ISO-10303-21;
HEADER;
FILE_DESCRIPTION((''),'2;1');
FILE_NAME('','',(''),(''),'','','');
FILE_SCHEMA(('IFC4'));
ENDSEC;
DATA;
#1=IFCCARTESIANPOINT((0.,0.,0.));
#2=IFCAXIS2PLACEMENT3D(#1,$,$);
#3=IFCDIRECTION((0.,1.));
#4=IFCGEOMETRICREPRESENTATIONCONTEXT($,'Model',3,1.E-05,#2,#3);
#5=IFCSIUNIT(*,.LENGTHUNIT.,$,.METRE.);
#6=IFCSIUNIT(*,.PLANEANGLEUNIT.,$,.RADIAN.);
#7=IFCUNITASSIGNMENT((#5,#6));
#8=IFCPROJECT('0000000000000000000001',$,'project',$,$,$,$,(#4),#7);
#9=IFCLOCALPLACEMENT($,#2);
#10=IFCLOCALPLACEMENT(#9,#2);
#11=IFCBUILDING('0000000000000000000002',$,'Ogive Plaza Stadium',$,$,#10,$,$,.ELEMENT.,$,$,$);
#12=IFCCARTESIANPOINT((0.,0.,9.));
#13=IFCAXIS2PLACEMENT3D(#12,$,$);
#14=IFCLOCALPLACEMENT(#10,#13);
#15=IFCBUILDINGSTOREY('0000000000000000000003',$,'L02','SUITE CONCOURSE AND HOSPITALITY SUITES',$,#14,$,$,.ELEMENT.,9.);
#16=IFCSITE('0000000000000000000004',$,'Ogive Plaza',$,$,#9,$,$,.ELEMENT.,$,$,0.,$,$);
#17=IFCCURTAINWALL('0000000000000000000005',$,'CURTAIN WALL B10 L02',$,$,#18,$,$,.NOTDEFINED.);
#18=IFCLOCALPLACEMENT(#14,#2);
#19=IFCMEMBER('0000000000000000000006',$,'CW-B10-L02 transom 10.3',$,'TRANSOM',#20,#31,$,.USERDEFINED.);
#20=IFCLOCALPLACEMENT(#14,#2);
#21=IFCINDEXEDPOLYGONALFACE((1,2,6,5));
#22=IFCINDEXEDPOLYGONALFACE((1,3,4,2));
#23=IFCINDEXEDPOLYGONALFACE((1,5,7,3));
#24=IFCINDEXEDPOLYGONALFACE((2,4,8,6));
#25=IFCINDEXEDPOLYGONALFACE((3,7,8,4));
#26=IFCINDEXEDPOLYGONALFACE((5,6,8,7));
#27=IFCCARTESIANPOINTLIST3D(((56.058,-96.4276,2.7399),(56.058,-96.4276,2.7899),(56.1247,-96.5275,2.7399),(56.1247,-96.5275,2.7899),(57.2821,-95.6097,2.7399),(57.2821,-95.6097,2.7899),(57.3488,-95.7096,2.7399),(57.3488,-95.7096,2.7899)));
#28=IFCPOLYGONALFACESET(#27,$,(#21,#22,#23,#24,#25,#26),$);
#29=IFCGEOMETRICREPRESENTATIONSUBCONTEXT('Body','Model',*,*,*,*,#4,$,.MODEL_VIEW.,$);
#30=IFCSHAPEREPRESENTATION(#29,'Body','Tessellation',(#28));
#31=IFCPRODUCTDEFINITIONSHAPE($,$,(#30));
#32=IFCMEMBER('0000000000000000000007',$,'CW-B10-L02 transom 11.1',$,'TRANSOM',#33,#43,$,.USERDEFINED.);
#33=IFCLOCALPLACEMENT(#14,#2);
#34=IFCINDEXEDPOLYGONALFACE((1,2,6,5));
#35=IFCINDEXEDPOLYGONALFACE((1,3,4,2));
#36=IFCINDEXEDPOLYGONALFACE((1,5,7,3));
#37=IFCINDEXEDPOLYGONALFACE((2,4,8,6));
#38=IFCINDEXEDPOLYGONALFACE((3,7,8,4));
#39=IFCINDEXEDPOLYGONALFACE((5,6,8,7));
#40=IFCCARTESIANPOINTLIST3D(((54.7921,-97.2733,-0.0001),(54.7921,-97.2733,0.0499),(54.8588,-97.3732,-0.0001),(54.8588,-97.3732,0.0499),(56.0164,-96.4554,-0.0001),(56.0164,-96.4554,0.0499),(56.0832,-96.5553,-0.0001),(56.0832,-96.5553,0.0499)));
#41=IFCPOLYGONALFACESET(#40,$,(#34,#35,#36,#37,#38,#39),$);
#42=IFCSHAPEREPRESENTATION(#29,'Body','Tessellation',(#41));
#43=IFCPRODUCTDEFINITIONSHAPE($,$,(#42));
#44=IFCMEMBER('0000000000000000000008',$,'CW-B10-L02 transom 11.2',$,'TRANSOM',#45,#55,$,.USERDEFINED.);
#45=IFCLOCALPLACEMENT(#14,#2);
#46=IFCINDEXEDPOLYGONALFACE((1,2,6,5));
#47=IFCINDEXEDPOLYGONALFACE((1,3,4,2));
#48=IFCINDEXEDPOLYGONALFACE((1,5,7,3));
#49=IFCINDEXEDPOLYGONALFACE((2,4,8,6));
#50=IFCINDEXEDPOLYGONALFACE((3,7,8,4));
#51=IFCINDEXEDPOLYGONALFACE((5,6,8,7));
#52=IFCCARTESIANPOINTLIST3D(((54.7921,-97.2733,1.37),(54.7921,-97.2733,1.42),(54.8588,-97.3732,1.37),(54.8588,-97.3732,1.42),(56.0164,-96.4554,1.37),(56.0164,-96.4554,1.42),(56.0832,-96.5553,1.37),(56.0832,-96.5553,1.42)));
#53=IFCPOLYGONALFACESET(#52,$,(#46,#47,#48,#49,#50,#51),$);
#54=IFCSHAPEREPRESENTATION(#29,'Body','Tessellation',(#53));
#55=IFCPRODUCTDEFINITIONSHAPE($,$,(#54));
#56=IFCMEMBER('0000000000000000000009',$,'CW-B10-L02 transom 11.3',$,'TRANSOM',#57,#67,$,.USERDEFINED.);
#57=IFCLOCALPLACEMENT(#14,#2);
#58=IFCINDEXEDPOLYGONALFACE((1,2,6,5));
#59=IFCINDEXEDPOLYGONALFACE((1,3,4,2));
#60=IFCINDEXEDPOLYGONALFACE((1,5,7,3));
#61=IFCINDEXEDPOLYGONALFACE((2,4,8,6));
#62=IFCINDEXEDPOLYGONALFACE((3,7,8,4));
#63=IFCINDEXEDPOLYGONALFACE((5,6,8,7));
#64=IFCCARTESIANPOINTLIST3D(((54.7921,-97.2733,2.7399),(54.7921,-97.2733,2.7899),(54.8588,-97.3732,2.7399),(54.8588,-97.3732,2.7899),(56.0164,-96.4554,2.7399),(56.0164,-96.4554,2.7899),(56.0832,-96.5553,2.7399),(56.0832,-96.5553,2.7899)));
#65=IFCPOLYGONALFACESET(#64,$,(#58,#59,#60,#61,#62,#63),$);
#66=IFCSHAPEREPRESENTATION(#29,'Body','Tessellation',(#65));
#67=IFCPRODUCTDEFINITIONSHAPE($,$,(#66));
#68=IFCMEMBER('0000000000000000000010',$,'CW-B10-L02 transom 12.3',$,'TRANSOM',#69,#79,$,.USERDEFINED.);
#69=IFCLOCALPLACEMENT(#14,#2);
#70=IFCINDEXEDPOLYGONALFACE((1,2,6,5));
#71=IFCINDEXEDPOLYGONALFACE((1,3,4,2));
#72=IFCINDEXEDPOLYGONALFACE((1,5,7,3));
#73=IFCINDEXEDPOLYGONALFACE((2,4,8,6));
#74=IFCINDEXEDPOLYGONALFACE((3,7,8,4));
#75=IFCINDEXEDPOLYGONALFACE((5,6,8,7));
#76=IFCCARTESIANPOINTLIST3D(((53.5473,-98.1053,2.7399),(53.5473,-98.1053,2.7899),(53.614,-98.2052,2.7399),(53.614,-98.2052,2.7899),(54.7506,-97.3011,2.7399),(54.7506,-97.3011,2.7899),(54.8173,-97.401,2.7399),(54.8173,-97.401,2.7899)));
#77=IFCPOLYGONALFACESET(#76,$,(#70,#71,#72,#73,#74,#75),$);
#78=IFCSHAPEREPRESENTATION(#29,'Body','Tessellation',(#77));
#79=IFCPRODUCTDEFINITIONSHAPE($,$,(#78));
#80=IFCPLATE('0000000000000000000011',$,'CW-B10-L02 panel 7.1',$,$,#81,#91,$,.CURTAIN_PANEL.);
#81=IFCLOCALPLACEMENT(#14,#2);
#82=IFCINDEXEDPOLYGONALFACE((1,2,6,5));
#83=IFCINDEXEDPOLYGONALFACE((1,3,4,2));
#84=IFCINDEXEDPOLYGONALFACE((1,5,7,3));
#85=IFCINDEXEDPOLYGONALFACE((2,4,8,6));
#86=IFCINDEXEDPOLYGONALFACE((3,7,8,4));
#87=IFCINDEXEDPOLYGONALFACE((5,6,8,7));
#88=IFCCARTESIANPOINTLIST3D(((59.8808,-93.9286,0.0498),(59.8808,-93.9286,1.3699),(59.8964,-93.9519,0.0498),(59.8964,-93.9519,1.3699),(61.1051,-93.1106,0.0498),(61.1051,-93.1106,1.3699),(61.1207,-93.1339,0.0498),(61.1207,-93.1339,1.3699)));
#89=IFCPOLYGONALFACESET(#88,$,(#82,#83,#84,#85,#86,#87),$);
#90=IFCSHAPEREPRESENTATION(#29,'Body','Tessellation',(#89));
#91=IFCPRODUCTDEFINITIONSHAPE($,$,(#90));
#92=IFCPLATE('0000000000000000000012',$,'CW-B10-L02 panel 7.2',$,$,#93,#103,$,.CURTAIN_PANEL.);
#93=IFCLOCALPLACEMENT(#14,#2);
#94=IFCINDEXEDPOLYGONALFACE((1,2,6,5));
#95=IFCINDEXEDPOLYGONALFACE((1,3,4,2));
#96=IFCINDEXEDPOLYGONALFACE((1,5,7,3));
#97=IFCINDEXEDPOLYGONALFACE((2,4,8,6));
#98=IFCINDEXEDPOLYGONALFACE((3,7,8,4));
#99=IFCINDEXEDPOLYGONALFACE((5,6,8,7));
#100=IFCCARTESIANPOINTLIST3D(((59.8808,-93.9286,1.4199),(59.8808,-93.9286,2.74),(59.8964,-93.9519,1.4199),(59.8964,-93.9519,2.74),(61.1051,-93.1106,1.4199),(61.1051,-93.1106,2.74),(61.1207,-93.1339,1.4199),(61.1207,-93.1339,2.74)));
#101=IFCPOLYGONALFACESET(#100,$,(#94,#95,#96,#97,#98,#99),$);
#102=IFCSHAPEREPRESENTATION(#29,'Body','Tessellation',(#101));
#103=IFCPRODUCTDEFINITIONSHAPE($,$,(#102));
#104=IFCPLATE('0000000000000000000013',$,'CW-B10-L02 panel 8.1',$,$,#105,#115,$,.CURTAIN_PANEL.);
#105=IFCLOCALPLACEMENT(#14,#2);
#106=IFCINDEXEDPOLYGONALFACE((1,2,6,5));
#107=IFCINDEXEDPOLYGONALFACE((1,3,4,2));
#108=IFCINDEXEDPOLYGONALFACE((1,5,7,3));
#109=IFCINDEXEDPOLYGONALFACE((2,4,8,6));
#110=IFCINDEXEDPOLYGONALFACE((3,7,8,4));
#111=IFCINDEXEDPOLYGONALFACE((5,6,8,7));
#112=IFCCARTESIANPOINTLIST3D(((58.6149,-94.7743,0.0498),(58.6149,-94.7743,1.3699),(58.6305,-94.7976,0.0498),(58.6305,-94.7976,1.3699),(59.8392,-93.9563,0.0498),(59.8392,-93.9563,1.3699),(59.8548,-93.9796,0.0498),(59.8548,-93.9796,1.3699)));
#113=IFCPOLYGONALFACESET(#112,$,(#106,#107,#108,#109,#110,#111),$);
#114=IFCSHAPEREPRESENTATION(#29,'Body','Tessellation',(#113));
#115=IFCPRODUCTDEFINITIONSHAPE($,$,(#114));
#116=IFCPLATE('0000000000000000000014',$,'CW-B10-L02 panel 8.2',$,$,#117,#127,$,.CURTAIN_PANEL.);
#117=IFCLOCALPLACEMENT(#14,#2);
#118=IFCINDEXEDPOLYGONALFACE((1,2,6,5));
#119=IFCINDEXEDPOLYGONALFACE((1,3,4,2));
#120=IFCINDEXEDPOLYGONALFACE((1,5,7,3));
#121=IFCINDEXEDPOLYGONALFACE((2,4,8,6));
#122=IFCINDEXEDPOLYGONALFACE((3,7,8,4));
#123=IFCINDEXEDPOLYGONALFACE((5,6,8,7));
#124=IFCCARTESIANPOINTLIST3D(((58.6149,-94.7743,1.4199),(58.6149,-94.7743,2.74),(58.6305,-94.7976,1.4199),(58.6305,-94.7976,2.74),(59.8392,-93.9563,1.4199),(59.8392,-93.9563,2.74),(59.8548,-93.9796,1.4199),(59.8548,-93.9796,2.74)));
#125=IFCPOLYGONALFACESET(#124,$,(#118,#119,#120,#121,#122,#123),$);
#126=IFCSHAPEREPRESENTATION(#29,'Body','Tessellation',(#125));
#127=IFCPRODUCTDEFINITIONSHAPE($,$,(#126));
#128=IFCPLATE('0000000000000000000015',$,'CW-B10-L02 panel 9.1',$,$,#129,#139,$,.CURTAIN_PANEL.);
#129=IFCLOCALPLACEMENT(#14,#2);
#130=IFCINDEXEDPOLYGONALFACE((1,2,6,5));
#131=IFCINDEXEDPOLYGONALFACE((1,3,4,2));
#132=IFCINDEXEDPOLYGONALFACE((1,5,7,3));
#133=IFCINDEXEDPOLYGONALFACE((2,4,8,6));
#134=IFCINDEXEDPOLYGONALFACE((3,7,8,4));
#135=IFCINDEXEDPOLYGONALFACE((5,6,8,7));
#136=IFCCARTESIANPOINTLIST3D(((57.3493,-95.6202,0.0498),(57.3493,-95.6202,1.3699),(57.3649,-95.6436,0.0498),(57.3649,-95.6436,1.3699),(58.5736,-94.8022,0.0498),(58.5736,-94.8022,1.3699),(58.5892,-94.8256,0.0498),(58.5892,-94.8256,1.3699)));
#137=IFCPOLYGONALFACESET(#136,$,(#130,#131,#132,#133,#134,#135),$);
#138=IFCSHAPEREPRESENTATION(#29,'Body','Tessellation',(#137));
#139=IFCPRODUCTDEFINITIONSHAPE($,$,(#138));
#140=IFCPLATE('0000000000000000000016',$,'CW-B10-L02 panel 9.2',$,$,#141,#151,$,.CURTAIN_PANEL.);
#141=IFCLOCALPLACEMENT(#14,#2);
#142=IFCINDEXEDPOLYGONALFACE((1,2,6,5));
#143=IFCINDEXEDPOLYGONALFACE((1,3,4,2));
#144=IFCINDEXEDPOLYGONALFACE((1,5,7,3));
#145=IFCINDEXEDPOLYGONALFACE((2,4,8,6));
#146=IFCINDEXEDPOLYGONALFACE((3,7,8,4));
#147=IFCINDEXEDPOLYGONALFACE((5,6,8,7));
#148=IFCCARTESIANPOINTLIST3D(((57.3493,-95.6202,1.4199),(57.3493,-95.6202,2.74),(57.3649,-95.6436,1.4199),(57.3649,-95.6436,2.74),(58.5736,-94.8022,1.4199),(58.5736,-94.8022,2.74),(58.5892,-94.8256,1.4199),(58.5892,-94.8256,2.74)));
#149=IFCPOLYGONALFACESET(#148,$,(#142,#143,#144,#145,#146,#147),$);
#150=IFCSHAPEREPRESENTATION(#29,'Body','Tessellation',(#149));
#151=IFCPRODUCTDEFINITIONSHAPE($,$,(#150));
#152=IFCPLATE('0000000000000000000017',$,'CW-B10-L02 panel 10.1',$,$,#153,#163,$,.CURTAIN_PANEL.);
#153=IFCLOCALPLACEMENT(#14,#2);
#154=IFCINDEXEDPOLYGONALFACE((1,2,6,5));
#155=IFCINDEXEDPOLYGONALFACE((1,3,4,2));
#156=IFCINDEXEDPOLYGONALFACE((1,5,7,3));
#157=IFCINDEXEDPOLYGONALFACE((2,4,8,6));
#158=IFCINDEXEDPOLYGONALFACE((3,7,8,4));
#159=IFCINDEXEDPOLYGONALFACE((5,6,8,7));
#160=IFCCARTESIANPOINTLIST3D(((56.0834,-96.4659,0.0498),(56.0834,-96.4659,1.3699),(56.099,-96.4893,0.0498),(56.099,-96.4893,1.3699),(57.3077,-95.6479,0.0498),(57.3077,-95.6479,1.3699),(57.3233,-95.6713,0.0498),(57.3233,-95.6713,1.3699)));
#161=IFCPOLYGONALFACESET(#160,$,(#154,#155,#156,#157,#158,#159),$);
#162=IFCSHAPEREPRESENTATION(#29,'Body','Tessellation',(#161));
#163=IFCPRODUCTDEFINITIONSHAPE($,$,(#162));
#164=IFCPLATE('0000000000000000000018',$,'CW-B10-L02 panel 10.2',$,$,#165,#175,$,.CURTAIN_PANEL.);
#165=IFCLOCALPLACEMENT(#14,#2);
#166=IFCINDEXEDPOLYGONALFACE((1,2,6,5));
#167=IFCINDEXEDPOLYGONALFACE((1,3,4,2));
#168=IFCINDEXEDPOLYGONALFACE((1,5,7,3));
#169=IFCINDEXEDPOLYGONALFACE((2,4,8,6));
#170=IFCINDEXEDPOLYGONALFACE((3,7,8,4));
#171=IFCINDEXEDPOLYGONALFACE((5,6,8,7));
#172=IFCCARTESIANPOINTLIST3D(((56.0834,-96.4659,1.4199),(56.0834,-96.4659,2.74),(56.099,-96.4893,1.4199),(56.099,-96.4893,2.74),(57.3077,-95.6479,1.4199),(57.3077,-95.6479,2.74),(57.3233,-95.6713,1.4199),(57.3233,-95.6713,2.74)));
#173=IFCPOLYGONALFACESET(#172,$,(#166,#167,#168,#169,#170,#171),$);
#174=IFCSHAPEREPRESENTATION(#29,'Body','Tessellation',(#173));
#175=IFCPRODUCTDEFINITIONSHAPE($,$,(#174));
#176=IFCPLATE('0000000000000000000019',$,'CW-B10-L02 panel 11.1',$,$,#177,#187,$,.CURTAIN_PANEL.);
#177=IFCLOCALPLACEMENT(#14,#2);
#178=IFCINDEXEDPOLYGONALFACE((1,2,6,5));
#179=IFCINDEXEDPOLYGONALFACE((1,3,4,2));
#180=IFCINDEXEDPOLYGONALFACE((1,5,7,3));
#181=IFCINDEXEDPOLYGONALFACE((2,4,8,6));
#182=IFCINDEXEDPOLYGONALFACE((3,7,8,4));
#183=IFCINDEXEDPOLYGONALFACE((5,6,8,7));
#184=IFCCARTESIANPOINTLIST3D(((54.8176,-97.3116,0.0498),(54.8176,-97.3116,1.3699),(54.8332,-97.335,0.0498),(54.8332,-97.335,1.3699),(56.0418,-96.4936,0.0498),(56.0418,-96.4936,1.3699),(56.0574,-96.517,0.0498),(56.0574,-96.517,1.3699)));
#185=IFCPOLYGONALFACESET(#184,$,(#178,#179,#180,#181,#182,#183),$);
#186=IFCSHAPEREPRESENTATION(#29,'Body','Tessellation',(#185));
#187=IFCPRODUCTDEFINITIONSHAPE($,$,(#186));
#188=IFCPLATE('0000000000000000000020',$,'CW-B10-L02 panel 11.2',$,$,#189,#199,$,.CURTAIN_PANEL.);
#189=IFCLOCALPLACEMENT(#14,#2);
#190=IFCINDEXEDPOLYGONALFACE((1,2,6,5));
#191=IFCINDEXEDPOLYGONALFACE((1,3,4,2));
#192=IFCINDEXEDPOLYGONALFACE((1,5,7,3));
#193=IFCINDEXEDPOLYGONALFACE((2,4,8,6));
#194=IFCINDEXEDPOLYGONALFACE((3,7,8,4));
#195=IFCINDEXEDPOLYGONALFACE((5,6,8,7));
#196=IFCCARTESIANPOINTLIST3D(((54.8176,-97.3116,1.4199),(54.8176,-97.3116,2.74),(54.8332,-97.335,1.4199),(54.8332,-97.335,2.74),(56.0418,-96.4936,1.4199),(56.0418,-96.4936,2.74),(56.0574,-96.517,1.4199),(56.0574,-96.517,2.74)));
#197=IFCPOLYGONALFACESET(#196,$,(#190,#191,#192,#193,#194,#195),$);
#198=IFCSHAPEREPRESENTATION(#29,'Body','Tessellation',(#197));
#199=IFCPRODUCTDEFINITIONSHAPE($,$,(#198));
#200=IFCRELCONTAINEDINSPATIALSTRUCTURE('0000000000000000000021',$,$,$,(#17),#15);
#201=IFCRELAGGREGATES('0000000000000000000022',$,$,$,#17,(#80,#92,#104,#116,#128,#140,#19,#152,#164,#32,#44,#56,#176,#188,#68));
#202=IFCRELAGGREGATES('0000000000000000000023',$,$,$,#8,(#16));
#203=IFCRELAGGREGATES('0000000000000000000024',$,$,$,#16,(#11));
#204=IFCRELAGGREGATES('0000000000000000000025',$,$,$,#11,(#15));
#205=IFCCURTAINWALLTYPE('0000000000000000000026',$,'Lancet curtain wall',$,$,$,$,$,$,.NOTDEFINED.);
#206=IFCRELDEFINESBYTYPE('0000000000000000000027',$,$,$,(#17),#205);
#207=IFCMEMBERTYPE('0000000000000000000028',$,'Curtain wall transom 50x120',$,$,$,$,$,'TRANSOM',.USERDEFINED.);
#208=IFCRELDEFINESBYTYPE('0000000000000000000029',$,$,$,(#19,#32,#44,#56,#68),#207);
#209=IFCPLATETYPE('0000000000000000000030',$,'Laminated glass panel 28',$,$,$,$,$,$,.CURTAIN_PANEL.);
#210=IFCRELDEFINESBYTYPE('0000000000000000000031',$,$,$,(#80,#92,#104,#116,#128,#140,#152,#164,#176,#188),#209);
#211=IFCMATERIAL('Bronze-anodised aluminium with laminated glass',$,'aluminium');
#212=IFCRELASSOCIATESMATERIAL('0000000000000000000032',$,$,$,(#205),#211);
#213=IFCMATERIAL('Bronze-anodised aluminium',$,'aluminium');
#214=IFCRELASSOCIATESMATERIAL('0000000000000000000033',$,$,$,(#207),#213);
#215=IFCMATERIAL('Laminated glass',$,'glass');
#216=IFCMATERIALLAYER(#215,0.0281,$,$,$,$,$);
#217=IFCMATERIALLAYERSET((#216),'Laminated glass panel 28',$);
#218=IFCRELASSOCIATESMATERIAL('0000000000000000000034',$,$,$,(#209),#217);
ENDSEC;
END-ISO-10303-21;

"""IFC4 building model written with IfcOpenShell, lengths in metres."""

from ifc_helpers import new_model, si_unit, direction, frame, origin, origin_2d, place, context, subcontext, project, spatial, rectangle, extrude, material, layer, layer_set, material_profile, profile_set, type_object, element, aggregate, save


model = new_model("IFC4")

# Units and contexts
model_context = context("Model", 3, precision=1e-05, world=origin(), true_north=direction((0.0, 1.0)))
body_context = subcontext(model_context, "Body", "Model", "MODEL_VIEW")
ifc_project = project(units=[si_unit("LENGTHUNIT", "METRE"), si_unit("PLANEANGLEUNIT", "RADIAN")], contexts=[model_context])

# Site, building, storey
site_placement = place(None, origin())
site = spatial("IfcSite", under=ifc_project, at=site_placement, Name="Ogive Plaza", CompositionType="ELEMENT", RefElevation=0.0)
building_placement = place(site_placement, origin())
building = spatial("IfcBuilding", under=site, at=building_placement, Name="Ogive Plaza Stadium", CompositionType="ELEMENT")
storey_placement = place(building_placement, frame((0.0, 0.0, 9.0)))
storey = spatial("IfcBuildingStorey", under=building, at=storey_placement, Name="L02", Description="SUITE CONCOURSE AND HOSPITALITY SUITES", CompositionType="ELEMENT", Elevation=9.0)

# Curtain wall, members, plates
ifc_material_1 = material(Name="Bronze-anodised aluminium with laminated glass", Category="aluminium")
curtain_wall_type = type_object("IfcCurtainWallType", Name="Lancet curtain wall", PredefinedType="NOTDEFINED", material=ifc_material_1)
curtain_wall_placement = place(storey_placement, origin())
curtain_wall = element("IfcCurtainWall", 1, at=curtain_wall_placement, inside=storey, type_object=curtain_wall_type, Name="CURTAIN WALL B10 L02", PredefinedType="NOTDEFINED")
ifc_material_2 = material(Name="Bronze-anodised aluminium", Category="aluminium")
ifc_material_profile_1 = material_profile(ifc_material_2, rectangle(XDim=0.1201, YDim=0.05, at=origin_2d()), Name="AL 120x50")
ifc_profile_set_1 = profile_set([ifc_material_profile_1], Name="Bronze-anodised aluminium")
member_type_1 = type_object("IfcMemberType", Name="Curtain wall transom 50x120", ElementType="TRANSOM", PredefinedType="USERDEFINED", material=ifc_profile_set_1)
member_1_placement = place(storey_placement, frame((57.3154, -95.6597, 2.7649), z_axis=(-0.831489, -0.555542, 0.0), x_axis=(0.555542, -0.831489, 0.0)))
member_1 = element("IfcMember", 2, at=member_1_placement, type_object=member_type_1, Name="CW-B10-L02 transom 10.3", ObjectType="TRANSOM", PredefinedType="USERDEFINED", context=body_context, shape_type="SweptSolid", body=[
    extrude(rectangle(XDim=0.1201, YDim=0.05, at=origin_2d()), origin(), (0.0, 0.0, 1.0), 1.4722),
])
member_2_placement = place(storey_placement, frame((56.0498, -96.5054, 0.0249), z_axis=(-0.83154, -0.555465, 0.0), x_axis=(0.555465, -0.83154, 0.0)))
member_2 = element("IfcMember", 3, at=member_2_placement, type_object=member_type_1, Name="CW-B10-L02 transom 11.1", ObjectType="TRANSOM", PredefinedType="USERDEFINED", context=body_context, shape_type="SweptSolid", body=[
    extrude(rectangle(XDim=0.1201, YDim=0.05, at=origin_2d()), origin(), (0.0, 0.0, 1.0), 1.4724),
])
member_3_placement = place(storey_placement, frame((56.0498, -96.5054, 1.395), z_axis=(-0.83154, -0.555465, 0.0), x_axis=(0.555465, -0.83154, 0.0)))
member_3 = element("IfcMember", 4, at=member_3_placement, type_object=member_type_1, Name="CW-B10-L02 transom 11.2", ObjectType="TRANSOM", PredefinedType="USERDEFINED", context=body_context, shape_type="SweptSolid", body=[
    extrude(rectangle(XDim=0.1201, YDim=0.05, at=origin_2d()), origin(), (0.0, 0.0, 1.0), 1.4724),
])
member_4_placement = place(storey_placement, frame((56.0498, -96.5054, 2.7649), z_axis=(-0.83154, -0.555465, 0.0), x_axis=(0.555465, -0.83154, 0.0)))
member_4 = element("IfcMember", 5, at=member_4_placement, type_object=member_type_1, Name="CW-B10-L02 transom 11.3", ObjectType="TRANSOM", PredefinedType="USERDEFINED", context=body_context, shape_type="SweptSolid", body=[
    extrude(rectangle(XDim=0.1201, YDim=0.05, at=origin_2d()), origin(), (0.0, 0.0, 1.0), 1.4724),
])
member_5_placement = place(storey_placement, frame((54.7839, -97.3511, 2.7649), z_axis=(-0.831427, -0.555634, 0.0), x_axis=(0.555634, -0.831427, 0.0)))
member_5 = element("IfcMember", 6, at=member_5_placement, type_object=member_type_1, Name="CW-B10-L02 transom 12.3", ObjectType="TRANSOM", PredefinedType="USERDEFINED", context=body_context, shape_type="SweptSolid", body=[
    extrude(rectangle(XDim=0.1201, YDim=0.05, at=origin_2d()), origin(), (0.0, 0.0, 1.0), 1.4473),
])
ifc_material_3 = material(Name="Laminated glass", Category="glass")
ifc_layer_1 = layer(ifc_material_3, 0.0281)
ifc_layer_set_1 = layer_set([ifc_layer_1], Name="Laminated glass panel 28")
plate_type = type_object("IfcPlateType", Name="Laminated glass panel 28", PredefinedType="CURTAIN_PANEL", material=ifc_layer_set_1)
plate_1_placement = place(storey_placement, frame((60.5007, -93.5312, 0.0498), z_axis=(0.0, 0.0, 1.0), x_axis=(-0.83147, -0.55557, 0.0)))
plate_1 = element("IfcPlate", 7, at=plate_1_placement, type_object=plate_type, Name="CW-B10-L02 panel 7.1", PredefinedType="CURTAIN_PANEL", context=body_context, shape_type="SweptSolid", body=[
    extrude(rectangle(XDim=1.4724, YDim=0.0281, at=origin_2d()), origin(), (0.0, 0.0, 1.0), 1.3201),
])
plate_2_placement = place(storey_placement, frame((60.5007, -93.5312, 1.4199), z_axis=(0.0, 0.0, 1.0), x_axis=(-0.83147, -0.55557, 0.0)))
plate_2 = element("IfcPlate", 8, at=plate_2_placement, type_object=plate_type, Name="CW-B10-L02 panel 7.2", PredefinedType="CURTAIN_PANEL", context=body_context, shape_type="SweptSolid", body=[
    extrude(rectangle(XDim=1.4724, YDim=0.0281, at=origin_2d()), origin(), (0.0, 0.0, 1.0), 1.3201),
])
plate_3_placement = place(storey_placement, frame((59.2349, -94.377, 0.0498), z_axis=(0.0, 0.0, 1.0), x_axis=(-0.83147, -0.55557, 0.0)))
plate_3 = element("IfcPlate", 9, at=plate_3_placement, type_object=plate_type, Name="CW-B10-L02 panel 8.1", PredefinedType="CURTAIN_PANEL", context=body_context, shape_type="SweptSolid", body=[
    extrude(rectangle(XDim=1.4724, YDim=0.0281, at=origin_2d()), origin(), (0.0, 0.0, 1.0), 1.3201),
])
plate_4_placement = place(storey_placement, frame((59.2349, -94.377, 1.4199), z_axis=(0.0, 0.0, 1.0), x_axis=(-0.83147, -0.55557, 0.0)))
plate_4 = element("IfcPlate", 10, at=plate_4_placement, type_object=plate_type, Name="CW-B10-L02 panel 8.2", PredefinedType="CURTAIN_PANEL", context=body_context, shape_type="SweptSolid", body=[
    extrude(rectangle(XDim=1.4724, YDim=0.0281, at=origin_2d()), origin(), (0.0, 0.0, 1.0), 1.3201),
])
plate_5_placement = place(storey_placement, frame((57.9692, -95.2229, 0.0498), z_axis=(0.0, 0.0, 1.0), x_axis=(-0.83147, -0.55557, 0.0)))
plate_5 = element("IfcPlate", 11, at=plate_5_placement, type_object=plate_type, Name="CW-B10-L02 panel 9.1", PredefinedType="CURTAIN_PANEL", context=body_context, shape_type="SweptSolid", body=[
    extrude(rectangle(XDim=1.4724, YDim=0.0281, at=origin_2d()), origin(), (0.0, 0.0, 1.0), 1.3201),
])
plate_6_placement = place(storey_placement, frame((57.9692, -95.2229, 1.4199), z_axis=(0.0, 0.0, 1.0), x_axis=(-0.83147, -0.55557, 0.0)))
plate_6 = element("IfcPlate", 12, at=plate_6_placement, type_object=plate_type, Name="CW-B10-L02 panel 9.2", PredefinedType="CURTAIN_PANEL", context=body_context, shape_type="SweptSolid", body=[
    extrude(rectangle(XDim=1.4724, YDim=0.0281, at=origin_2d()), origin(), (0.0, 0.0, 1.0), 1.3201),
])
plate_7_placement = place(storey_placement, frame((56.7034, -96.0686, 0.0498), z_axis=(0.0, 0.0, 1.0), x_axis=(-0.83147, -0.55557, 0.0)))
plate_7 = element("IfcPlate", 13, at=plate_7_placement, type_object=plate_type, Name="CW-B10-L02 panel 10.1", PredefinedType="CURTAIN_PANEL", context=body_context, shape_type="SweptSolid", body=[
    extrude(rectangle(XDim=1.4724, YDim=0.0281, at=origin_2d()), origin(), (0.0, 0.0, 1.0), 1.3201),
])
plate_8_placement = place(storey_placement, frame((56.7034, -96.0686, 1.4199), z_axis=(0.0, 0.0, 1.0), x_axis=(-0.83147, -0.55557, 0.0)))
plate_8 = element("IfcPlate", 14, at=plate_8_placement, type_object=plate_type, Name="CW-B10-L02 panel 10.2", PredefinedType="CURTAIN_PANEL", context=body_context, shape_type="SweptSolid", body=[
    extrude(rectangle(XDim=1.4724, YDim=0.0281, at=origin_2d()), origin(), (0.0, 0.0, 1.0), 1.3201),
])
plate_9_placement = place(storey_placement, frame((55.4375, -96.9143, 0.0498), z_axis=(0.0, 0.0, 1.0), x_axis=(-0.83147, -0.55557, 0.0)))
plate_9 = element("IfcPlate", 15, at=plate_9_placement, type_object=plate_type, Name="CW-B10-L02 panel 11.1", PredefinedType="CURTAIN_PANEL", context=body_context, shape_type="SweptSolid", body=[
    extrude(rectangle(XDim=1.4724, YDim=0.0281, at=origin_2d()), origin(), (0.0, 0.0, 1.0), 1.3201),
])
plate_10_placement = place(storey_placement, frame((55.4375, -96.9143, 1.4199), z_axis=(0.0, 0.0, 1.0), x_axis=(-0.83147, -0.55557, 0.0)))
plate_10 = element("IfcPlate", 16, at=plate_10_placement, type_object=plate_type, Name="CW-B10-L02 panel 11.2", PredefinedType="CURTAIN_PANEL", context=body_context, shape_type="SweptSolid", body=[
    extrude(rectangle(XDim=1.4724, YDim=0.0281, at=origin_2d()), origin(), (0.0, 0.0, 1.0), 1.3201),
])
aggregate(curtain_wall, [plate_1, plate_2, plate_3, plate_4, plate_5, plate_6, member_1, plate_7, plate_8, member_2, member_3, member_4, plate_9, plate_10, member_5])

save(model, "model.ifc")
